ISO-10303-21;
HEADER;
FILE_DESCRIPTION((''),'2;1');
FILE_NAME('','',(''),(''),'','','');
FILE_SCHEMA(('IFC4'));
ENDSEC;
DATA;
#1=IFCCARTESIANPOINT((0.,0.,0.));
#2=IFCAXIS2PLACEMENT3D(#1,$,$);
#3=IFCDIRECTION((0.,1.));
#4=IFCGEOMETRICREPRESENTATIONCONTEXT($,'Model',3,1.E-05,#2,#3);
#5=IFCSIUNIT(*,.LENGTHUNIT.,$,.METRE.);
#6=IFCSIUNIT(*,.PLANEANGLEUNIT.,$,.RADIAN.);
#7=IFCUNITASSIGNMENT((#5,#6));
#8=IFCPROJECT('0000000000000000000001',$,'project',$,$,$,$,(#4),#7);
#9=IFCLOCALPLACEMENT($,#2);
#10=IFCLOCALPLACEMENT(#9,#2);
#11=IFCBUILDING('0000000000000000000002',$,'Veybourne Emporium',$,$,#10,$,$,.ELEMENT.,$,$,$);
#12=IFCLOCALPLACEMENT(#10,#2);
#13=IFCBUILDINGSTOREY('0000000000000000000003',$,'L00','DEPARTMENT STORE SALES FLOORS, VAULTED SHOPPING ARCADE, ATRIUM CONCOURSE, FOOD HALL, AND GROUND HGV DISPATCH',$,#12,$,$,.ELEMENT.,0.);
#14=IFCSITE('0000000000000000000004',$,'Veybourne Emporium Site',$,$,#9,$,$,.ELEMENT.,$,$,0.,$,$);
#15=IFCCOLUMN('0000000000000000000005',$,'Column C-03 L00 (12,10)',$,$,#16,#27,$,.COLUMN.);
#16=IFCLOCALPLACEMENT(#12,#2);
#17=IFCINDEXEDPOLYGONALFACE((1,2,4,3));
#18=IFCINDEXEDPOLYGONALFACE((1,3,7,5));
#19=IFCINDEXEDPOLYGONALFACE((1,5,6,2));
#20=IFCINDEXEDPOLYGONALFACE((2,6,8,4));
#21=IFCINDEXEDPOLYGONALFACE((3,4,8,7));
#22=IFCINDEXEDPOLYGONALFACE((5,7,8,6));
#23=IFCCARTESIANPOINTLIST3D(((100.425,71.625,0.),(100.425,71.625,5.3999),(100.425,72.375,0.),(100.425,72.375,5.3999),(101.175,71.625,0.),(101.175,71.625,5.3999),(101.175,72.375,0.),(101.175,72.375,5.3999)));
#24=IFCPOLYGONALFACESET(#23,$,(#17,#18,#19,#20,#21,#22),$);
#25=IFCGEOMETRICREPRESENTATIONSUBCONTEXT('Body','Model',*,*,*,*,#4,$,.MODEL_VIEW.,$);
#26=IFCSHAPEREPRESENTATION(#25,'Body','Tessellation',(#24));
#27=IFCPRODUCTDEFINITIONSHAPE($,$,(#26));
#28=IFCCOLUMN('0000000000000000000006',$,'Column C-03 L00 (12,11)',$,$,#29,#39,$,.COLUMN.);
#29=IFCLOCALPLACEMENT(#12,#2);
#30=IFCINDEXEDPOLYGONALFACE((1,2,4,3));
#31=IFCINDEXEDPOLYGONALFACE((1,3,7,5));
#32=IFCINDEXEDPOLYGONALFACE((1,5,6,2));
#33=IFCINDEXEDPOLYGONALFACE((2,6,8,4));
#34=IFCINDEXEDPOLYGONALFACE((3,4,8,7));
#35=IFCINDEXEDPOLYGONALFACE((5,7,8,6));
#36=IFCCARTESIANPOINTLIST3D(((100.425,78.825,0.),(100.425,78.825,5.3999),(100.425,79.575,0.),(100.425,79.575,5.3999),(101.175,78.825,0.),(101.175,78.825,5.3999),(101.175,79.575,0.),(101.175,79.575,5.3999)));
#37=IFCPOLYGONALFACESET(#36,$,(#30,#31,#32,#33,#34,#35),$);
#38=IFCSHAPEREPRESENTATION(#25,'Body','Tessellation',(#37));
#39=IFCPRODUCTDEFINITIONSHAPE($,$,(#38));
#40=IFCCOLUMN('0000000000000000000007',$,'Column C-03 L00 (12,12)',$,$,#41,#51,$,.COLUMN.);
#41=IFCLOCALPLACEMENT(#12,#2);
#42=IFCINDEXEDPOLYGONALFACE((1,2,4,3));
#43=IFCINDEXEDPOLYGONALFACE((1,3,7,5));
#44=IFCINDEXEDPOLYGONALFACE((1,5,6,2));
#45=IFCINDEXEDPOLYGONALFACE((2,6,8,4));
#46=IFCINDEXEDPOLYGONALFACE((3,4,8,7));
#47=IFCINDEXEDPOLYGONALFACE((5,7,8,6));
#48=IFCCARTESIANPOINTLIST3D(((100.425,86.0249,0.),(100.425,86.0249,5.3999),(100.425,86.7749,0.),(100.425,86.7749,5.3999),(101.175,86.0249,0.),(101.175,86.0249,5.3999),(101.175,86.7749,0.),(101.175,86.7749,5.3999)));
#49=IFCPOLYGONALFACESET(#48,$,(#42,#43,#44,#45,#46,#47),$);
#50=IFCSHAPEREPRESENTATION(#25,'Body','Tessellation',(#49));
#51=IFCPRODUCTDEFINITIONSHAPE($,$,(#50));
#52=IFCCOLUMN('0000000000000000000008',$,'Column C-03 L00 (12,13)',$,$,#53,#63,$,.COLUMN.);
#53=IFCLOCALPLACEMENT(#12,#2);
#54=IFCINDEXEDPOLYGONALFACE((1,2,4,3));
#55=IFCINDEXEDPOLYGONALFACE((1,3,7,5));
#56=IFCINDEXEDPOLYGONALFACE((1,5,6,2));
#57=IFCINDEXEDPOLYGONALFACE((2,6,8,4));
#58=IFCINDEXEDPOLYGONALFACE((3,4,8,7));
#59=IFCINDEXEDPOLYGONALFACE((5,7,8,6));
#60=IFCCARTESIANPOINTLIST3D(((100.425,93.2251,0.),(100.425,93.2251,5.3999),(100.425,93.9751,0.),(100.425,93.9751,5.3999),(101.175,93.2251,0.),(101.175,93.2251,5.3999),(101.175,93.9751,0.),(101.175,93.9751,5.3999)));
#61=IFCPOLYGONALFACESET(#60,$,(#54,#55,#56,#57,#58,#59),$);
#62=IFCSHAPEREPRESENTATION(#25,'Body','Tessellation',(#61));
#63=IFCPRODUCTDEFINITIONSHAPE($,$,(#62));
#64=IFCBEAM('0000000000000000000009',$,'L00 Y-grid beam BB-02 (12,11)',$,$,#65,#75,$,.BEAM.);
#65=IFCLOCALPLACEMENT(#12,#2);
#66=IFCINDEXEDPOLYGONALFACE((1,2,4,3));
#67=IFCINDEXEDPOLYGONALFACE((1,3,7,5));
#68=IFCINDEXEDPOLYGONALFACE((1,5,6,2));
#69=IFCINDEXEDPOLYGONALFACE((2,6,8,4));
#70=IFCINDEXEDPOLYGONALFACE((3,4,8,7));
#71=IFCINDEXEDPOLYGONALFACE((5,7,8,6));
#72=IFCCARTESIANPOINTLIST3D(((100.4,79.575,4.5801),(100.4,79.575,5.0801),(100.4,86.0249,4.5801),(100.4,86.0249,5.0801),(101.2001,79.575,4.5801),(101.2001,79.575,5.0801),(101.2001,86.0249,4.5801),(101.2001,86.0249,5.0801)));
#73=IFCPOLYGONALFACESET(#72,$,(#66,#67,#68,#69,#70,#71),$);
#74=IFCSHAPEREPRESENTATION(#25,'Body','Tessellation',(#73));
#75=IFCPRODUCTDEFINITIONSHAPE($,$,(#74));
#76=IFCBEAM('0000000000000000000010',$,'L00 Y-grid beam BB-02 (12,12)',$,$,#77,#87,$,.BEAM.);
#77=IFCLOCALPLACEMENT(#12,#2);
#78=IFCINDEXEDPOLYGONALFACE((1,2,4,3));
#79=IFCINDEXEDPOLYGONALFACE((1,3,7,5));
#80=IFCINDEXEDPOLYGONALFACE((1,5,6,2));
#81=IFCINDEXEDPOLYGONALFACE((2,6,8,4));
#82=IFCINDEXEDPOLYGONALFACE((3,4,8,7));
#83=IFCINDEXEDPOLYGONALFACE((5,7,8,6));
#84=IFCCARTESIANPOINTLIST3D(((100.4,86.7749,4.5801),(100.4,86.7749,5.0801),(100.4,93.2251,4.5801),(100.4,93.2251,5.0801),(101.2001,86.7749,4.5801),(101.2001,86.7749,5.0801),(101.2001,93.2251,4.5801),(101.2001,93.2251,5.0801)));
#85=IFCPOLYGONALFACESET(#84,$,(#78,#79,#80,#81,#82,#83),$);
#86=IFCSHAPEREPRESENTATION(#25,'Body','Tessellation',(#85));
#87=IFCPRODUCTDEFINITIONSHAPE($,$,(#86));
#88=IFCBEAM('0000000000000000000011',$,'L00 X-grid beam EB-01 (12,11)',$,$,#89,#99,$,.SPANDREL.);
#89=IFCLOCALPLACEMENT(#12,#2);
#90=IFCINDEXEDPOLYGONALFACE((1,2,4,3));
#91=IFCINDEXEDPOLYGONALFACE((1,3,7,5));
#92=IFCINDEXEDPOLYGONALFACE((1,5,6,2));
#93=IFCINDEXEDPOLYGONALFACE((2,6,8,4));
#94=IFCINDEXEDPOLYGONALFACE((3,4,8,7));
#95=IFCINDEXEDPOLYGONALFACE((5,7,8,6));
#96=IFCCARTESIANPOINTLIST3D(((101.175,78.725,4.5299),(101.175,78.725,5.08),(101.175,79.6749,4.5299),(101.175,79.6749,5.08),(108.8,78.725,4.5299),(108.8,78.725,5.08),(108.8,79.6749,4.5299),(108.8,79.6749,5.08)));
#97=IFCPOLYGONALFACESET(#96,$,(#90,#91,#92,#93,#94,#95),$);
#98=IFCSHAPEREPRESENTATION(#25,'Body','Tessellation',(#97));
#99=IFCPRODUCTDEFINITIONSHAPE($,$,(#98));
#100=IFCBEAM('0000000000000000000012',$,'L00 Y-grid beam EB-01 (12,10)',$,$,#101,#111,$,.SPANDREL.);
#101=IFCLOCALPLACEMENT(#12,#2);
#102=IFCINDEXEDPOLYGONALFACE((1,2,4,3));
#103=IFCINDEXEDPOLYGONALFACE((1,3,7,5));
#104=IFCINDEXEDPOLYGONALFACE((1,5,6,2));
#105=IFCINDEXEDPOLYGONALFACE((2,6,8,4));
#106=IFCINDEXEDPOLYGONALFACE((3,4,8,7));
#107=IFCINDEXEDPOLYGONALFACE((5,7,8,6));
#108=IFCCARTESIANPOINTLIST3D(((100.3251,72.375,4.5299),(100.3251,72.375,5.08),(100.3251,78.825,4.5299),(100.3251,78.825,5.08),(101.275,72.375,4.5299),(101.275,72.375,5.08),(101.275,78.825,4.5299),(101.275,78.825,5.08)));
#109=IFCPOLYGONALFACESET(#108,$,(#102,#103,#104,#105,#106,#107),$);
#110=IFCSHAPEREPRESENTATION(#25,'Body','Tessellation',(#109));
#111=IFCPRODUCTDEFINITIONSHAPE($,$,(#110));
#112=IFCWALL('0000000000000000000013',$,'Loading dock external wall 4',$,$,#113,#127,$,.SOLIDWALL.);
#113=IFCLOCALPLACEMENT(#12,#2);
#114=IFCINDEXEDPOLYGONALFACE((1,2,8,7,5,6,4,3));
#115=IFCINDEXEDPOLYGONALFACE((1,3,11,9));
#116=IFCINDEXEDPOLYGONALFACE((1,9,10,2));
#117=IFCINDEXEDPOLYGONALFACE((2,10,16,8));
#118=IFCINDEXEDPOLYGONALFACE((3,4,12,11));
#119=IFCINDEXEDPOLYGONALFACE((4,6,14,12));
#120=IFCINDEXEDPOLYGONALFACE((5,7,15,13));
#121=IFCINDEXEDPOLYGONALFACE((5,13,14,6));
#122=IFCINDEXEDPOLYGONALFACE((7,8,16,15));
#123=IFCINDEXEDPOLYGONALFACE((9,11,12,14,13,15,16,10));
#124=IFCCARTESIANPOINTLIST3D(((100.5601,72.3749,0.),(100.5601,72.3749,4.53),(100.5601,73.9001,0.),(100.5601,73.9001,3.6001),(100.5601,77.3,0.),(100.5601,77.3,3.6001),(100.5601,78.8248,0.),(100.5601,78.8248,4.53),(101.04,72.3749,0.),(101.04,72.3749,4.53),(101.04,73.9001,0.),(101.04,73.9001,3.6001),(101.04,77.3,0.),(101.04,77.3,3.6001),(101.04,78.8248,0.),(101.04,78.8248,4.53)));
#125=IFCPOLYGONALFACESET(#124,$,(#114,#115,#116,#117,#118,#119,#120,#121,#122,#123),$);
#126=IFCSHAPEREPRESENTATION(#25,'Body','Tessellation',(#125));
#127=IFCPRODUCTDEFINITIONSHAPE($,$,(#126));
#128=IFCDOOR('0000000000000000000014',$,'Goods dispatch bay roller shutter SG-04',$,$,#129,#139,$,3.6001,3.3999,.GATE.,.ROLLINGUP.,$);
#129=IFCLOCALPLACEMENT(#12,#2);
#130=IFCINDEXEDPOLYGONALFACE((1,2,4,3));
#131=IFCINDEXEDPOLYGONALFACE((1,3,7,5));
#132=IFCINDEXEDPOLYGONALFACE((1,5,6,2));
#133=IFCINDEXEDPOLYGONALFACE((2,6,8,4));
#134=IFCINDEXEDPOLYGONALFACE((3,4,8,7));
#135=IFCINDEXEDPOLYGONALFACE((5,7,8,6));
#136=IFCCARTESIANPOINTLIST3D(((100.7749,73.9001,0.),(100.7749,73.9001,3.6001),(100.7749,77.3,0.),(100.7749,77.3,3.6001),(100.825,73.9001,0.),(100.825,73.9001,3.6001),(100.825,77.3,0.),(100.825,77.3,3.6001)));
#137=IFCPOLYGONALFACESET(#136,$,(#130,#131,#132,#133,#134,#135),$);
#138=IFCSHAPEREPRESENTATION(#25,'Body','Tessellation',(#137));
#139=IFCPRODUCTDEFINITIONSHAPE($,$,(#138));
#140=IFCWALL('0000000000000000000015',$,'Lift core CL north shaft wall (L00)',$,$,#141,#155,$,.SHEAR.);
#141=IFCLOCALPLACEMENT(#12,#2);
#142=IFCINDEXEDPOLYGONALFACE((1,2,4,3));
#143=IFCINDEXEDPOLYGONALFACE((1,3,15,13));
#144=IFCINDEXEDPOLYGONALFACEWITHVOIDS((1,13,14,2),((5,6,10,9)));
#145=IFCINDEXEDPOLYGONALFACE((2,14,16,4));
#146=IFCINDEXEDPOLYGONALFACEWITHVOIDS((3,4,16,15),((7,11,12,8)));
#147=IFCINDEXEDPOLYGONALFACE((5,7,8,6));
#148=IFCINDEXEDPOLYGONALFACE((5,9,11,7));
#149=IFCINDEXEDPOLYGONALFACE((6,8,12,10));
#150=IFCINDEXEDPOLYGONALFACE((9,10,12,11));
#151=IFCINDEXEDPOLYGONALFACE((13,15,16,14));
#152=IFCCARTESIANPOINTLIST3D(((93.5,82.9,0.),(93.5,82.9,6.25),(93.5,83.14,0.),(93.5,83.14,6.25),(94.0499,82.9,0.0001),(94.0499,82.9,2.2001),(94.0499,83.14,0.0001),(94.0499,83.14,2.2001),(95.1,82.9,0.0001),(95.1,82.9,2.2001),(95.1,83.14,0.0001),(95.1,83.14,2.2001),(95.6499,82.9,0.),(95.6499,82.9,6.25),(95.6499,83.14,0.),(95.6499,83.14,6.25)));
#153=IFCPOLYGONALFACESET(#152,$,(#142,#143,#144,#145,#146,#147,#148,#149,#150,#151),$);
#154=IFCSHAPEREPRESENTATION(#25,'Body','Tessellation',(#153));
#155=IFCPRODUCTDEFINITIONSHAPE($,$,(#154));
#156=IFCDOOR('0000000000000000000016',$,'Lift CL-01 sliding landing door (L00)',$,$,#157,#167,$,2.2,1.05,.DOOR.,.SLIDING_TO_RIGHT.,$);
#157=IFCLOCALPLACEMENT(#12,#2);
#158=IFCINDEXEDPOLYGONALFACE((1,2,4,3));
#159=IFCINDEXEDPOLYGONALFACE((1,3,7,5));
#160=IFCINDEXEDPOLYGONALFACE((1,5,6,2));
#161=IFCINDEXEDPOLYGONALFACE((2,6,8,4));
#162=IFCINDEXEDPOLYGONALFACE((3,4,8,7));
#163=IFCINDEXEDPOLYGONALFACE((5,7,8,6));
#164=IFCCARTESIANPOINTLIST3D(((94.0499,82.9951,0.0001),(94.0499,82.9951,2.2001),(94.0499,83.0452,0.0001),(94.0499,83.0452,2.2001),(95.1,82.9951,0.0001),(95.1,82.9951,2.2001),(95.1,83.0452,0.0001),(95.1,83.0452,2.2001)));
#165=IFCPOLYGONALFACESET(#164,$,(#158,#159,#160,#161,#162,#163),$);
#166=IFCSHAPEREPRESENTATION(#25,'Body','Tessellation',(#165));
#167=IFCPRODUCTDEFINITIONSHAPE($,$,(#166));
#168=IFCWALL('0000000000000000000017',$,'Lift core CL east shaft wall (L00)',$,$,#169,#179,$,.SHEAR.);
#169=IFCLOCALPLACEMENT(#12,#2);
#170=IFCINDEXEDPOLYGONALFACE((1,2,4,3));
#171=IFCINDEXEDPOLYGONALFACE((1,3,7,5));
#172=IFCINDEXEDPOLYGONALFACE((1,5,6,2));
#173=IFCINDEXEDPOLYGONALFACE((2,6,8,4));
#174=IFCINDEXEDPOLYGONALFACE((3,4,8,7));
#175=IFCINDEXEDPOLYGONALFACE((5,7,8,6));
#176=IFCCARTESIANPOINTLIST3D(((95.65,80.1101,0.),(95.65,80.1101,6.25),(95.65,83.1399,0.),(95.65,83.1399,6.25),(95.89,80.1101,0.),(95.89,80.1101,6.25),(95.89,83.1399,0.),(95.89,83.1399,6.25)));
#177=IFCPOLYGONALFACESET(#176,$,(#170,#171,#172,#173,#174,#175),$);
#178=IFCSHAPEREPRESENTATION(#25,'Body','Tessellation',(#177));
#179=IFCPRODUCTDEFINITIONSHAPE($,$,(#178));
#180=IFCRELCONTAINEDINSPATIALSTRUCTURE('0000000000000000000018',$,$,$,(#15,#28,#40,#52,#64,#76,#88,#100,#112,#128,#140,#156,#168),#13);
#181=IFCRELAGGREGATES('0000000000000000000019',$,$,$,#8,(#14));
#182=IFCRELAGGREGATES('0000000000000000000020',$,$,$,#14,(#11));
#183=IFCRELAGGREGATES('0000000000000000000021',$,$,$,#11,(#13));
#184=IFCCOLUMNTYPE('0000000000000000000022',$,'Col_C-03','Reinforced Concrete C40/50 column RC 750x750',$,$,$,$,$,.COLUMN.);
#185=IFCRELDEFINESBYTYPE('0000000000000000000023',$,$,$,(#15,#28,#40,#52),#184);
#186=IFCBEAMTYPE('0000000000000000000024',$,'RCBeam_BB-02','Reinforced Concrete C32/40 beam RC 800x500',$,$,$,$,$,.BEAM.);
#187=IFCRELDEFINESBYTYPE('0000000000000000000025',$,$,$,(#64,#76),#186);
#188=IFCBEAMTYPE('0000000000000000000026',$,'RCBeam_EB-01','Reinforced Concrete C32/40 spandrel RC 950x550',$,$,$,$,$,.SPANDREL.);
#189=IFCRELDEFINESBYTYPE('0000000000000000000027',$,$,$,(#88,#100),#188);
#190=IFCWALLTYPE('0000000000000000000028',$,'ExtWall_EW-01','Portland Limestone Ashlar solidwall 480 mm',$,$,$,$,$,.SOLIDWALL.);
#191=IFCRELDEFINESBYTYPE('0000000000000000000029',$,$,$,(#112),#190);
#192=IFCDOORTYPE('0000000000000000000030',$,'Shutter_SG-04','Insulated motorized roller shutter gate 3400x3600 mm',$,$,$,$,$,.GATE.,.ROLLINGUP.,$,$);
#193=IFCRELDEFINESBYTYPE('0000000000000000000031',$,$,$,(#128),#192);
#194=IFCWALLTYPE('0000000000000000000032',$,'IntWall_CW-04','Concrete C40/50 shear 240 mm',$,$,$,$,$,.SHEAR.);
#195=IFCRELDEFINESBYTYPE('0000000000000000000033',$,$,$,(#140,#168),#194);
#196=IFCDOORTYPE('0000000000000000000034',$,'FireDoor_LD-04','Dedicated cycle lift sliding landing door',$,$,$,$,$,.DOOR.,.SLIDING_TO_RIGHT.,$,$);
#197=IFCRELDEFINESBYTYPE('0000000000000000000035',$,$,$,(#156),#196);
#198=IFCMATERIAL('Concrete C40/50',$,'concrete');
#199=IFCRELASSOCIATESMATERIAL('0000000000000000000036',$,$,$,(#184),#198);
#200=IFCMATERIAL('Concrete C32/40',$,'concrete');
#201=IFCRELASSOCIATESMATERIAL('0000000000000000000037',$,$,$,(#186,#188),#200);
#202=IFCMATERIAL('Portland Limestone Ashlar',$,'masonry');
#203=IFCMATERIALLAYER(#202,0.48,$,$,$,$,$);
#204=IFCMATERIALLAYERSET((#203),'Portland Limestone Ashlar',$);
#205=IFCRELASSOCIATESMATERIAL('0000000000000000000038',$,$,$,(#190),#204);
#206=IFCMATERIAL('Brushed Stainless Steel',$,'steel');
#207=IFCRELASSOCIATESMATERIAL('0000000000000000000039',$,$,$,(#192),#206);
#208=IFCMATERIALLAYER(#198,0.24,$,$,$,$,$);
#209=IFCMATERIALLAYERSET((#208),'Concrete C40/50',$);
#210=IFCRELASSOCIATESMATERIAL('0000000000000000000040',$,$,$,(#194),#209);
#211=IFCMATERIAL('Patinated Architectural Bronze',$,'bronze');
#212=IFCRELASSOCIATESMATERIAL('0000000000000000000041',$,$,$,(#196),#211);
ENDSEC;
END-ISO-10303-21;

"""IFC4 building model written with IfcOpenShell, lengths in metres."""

from ifc_helpers import new_model, si_unit, direction, frame, frame_2d, origin, origin_2d, place, context, subcontext, project, spatial, rectangle, extrude, material, layer, layer_set, material_profile, profile_set, type_object, element, fill, save


model = new_model("IFC4")

# Units and contexts
model_context = context("Model", 3, precision=1e-05, world=origin(), true_north=direction((0.0, 1.0)))
body_context = subcontext(model_context, "Body", "Model", "MODEL_VIEW")
ifc_project = project(units=[si_unit("LENGTHUNIT", "METRE"), si_unit("PLANEANGLEUNIT", "RADIAN")], contexts=[model_context])

# Site, building, storey
site_placement = place(None, origin())
site = spatial("IfcSite", under=ifc_project, at=site_placement, Name="Veybourne Emporium Site", CompositionType="ELEMENT", RefElevation=0.0)
building_placement = place(site_placement, origin())
building = spatial("IfcBuilding", under=site, at=building_placement, Name="Veybourne Emporium", CompositionType="ELEMENT")
storey_placement = place(building_placement, origin())
storey = spatial("IfcBuildingStorey", under=building, at=storey_placement, Name="L00", Description="DEPARTMENT STORE SALES FLOORS, VAULTED SHOPPING ARCADE, ATRIUM CONCOURSE, FOOD HALL, AND GROUND HGV DISPATCH", CompositionType="ELEMENT", Elevation=0.0)

# Columns
ifc_material_1 = material(Name="Concrete C40/50", Category="concrete")
ifc_material_profile_1 = material_profile(ifc_material_1, rectangle(XDim=0.75, YDim=0.75, at=origin_2d()), Name="RC 750x750")
ifc_profile_set_1 = profile_set([ifc_material_profile_1], Name="Concrete C40/50")
column_type = type_object("IfcColumnType", Name="Col_C-03", Description="Reinforced Concrete C40/50 column RC 750x750", PredefinedType="COLUMN", material=ifc_profile_set_1)
for number, where, z_axis, x_axis, name in (
    (1, (100.8, 72.0, 0.0), (0.0, 0.0, 1.0), (1.0, 0.0, 0.0), "Column C-03 L00 (12,10)"),
    (2, (100.8, 79.2, 0.0), (0.0, 0.0, 1.0), (1.0, 0.0, 0.0), "Column C-03 L00 (12,11)"),
    (3, (100.8, 86.3999, 0.0), (0.0, 0.0, 1.0), (1.0, 0.0, 0.0), "Column C-03 L00 (12,12)"),
    (4, (100.8, 93.6001, 0.0), (0.0, 0.0, 1.0), (1.0, 0.0, 0.0), "Column C-03 L00 (12,13)"),
):
    element("IfcColumn", number, at=place(storey_placement, frame(where, z_axis=z_axis, x_axis=x_axis)), inside=storey, type_object=column_type, Name=name, PredefinedType="COLUMN", context=body_context, shape_type="SweptSolid", body=[
        extrude(rectangle(XDim=0.75, YDim=0.75, at=origin_2d()), origin(), (0.0, 0.0, 1.0), 5.3999),
    ])

# Beams
ifc_material_2 = material(Name="Concrete C32/40", Category="concrete")
ifc_material_profile_2 = material_profile(ifc_material_2, rectangle(XDim=0.8, YDim=0.5, at=origin_2d()), Name="RC 800x500")
ifc_profile_set_2 = profile_set([ifc_material_profile_2], Name="Concrete C32/40")
beam_type_1 = type_object("IfcBeamType", Name="RCBeam_BB-02", Description="Reinforced Concrete C32/40 beam RC 800x500", PredefinedType="BEAM", material=ifc_profile_set_2)
beam_1_placement = place(storey_placement, frame((100.8, 79.575, 4.8301), z_axis=(0.0, 1.0, 0.0), x_axis=(-1.0, 0.0, 0.0)))
element("IfcBeam", 5, at=beam_1_placement, inside=storey, type_object=beam_type_1, Name="L00 Y-grid beam BB-02 (12,11)", PredefinedType="BEAM", context=body_context, shape_type="SweptSolid", body=[
    extrude(rectangle(XDim=0.8, YDim=0.5, at=origin_2d()), origin(), (0.0, 0.0, 1.0), 6.45),
])
beam_2_placement = place(storey_placement, frame((100.8, 86.7749, 4.8301), z_axis=(0.0, 1.0, 0.0), x_axis=(-1.0, 0.0, 0.0)))
element("IfcBeam", 6, at=beam_2_placement, inside=storey, type_object=beam_type_1, Name="L00 Y-grid beam BB-02 (12,12)", PredefinedType="BEAM", context=body_context, shape_type="SweptSolid", body=[
    extrude(rectangle(XDim=0.8, YDim=0.5, at=origin_2d()), origin(), (0.0, 0.0, 1.0), 6.4502),
])
ifc_material_profile_3 = material_profile(ifc_material_2, rectangle(XDim=0.95, YDim=0.55, at=origin_2d()), Name="RC 950x550")
ifc_profile_set_3 = profile_set([ifc_material_profile_3], Name="Concrete C32/40")
beam_type_2 = type_object("IfcBeamType", Name="RCBeam_EB-01", Description="Reinforced Concrete C32/40 spandrel RC 950x550", PredefinedType="SPANDREL", material=ifc_profile_set_3)
beam_3_placement = place(storey_placement, frame((101.175, 79.2, 4.8049), z_axis=(1.0, 0.0, 0.0), x_axis=(0.0, 1.0, 0.0)))
element("IfcBeam", 7, at=beam_3_placement, inside=storey, type_object=beam_type_2, Name="L00 X-grid beam EB-01 (12,11)", PredefinedType="SPANDREL", context=body_context, shape_type="SweptSolid", body=[
    extrude(rectangle(XDim=0.95, YDim=0.55, at=origin_2d()), origin(), (0.0, 0.0, 1.0), 7.625),
])
beam_4_placement = place(storey_placement, frame((100.8, 72.375, 4.8049), z_axis=(0.0, 1.0, 0.0), x_axis=(-1.0, 0.0, 0.0)))
element("IfcBeam", 8, at=beam_4_placement, inside=storey, type_object=beam_type_2, Name="L00 Y-grid beam EB-01 (12,10)", PredefinedType="SPANDREL", context=body_context, shape_type="SweptSolid", body=[
    extrude(rectangle(XDim=0.95, YDim=0.55, at=origin_2d()), origin(), (0.0, 0.0, 1.0), 6.45),
])

# Walls, openings, doors
ifc_material_3 = material(Name="Portland Limestone Ashlar", Category="masonry")
ifc_layer_1 = layer(ifc_material_3, 0.48)
ifc_layer_set_1 = layer_set([ifc_layer_1], Name="Portland Limestone Ashlar")
wall_type_1 = type_object("IfcWallType", Name="ExtWall_EW-01", Description="Portland Limestone Ashlar solidwall 480 mm", PredefinedType="SOLIDWALL", material=ifc_layer_set_1)
wall_1_placement = place(storey_placement, frame((100.8, 78.825, 0.0), z_axis=(0.0, 0.0, 1.0), x_axis=(0.0, -1.0, 0.0)))
wall_1 = element("IfcWall", 9, at=wall_1_placement, inside=storey, type_object=wall_type_1, Name="Loading dock external wall 4", PredefinedType="SOLIDWALL", context=body_context, shape_type="SweptSolid", body=[
    extrude(rectangle(XDim=6.45, YDim=0.48, at=frame_2d((3.2251, 0.0))), origin(), (0.0, 0.0, 1.0), 4.53),
])
opening_1_placement = place(wall_1_placement, frame((1.5249, 0.0, 0.0)))
opening_1 = element("IfcOpeningElement", 10, at=opening_1_placement, cuts=wall_1, PredefinedType="OPENING", context=body_context, shape_type="SweptSolid", body=[
    extrude(rectangle(XDim=3.3999, YDim=3.6001, at=frame_2d((1.7, 1.8))), frame((0.0, 0.26, 0.0), z_axis=(0.0, -1.0, 0.0), x_axis=(1.0, 0.0, 0.0)), (0.0, 0.0, 1.0), 0.52),
])
ifc_material_4 = material(Name="Brushed Stainless Steel", Category="steel")
door_type_1 = type_object("IfcDoorType", Name="Shutter_SG-04", Description="Insulated motorized roller shutter gate 3400x3600 mm", OperationType="ROLLINGUP", PredefinedType="GATE", material=ifc_material_4)
door_1_placement = place(opening_1_placement, origin())
door_1 = element("IfcDoor", 11, at=door_1_placement, inside=storey, type_object=door_type_1, Name="Goods dispatch bay roller shutter SG-04", OperationType="ROLLINGUP", OverallHeight=3.6001, OverallWidth=3.3999, PredefinedType="GATE", context=body_context, shape_type="SweptSolid", body=[
    extrude(rectangle(XDim=3.3999, YDim=3.6001, at=frame_2d((1.7, 1.8))), frame((0.0, 0.0249, 0.0), z_axis=(0.0, -1.0, 0.0), x_axis=(1.0, 0.0, 0.0)), (0.0, 0.0, 1.0), 0.05),
])
fill(opening_1, door_1)
ifc_layer_2 = layer(ifc_material_1, 0.24)
ifc_layer_set_2 = layer_set([ifc_layer_2], Name="Concrete C40/50")
wall_type_2 = type_object("IfcWallType", Name="IntWall_CW-04", Description="Concrete C40/50 shear 240 mm", PredefinedType="SHEAR", material=ifc_layer_set_2)
wall_2_placement = place(storey_placement, frame((95.6499, 83.02, 0.0), z_axis=(0.0, 0.0, 1.0), x_axis=(-1.0, 0.0, 0.0)))
wall_2 = element("IfcWall", 12, at=wall_2_placement, inside=storey, type_object=wall_type_2, Name="Lift core CL north shaft wall (L00)", PredefinedType="SHEAR", context=body_context, shape_type="SweptSolid", body=[
    extrude(rectangle(XDim=2.1499, YDim=0.24, at=frame_2d((1.075, 0.0))), origin(), (0.0, 0.0, 1.0), 6.25),
])
opening_2_placement = place(wall_2_placement, frame((0.55, 0.0, 0.0)))
opening_2 = element("IfcOpeningElement", 13, at=opening_2_placement, cuts=wall_2, PredefinedType="OPENING", context=body_context, shape_type="SweptSolid", body=[
    extrude(rectangle(XDim=1.05, YDim=2.2, at=frame_2d((0.5249, 1.1001))), frame((0.0, 0.1401, 0.0), z_axis=(0.0, -1.0, 0.0), x_axis=(1.0, 0.0, 0.0)), (0.0, 0.0, 1.0), 0.28),
])
ifc_material_5 = material(Name="Patinated Architectural Bronze", Category="bronze")
door_type_2 = type_object("IfcDoorType", Name="FireDoor_LD-04", Description="Dedicated cycle lift sliding landing door", OperationType="SLIDING_TO_RIGHT", PredefinedType="DOOR", material=ifc_material_5)
door_2_placement = place(opening_2_placement, origin())
door_2 = element("IfcDoor", 14, at=door_2_placement, inside=storey, type_object=door_type_2, Name="Lift CL-01 sliding landing door (L00)", OperationType="SLIDING_TO_RIGHT", OverallHeight=2.2, OverallWidth=1.05, PredefinedType="DOOR", context=body_context, shape_type="SweptSolid", body=[
    extrude(rectangle(XDim=1.05, YDim=2.2, at=frame_2d((0.5249, 1.1001))), frame((0.0, 0.0249, 0.0), z_axis=(0.0, -1.0, 0.0), x_axis=(1.0, 0.0, 0.0)), (0.0, 0.0, 1.0), 0.05),
])
fill(opening_2, door_2)

# Wall
wall_3_placement = place(storey_placement, frame((95.77, 80.1101, 0.0), z_axis=(0.0, 0.0, 1.0), x_axis=(0.0, 1.0, 0.0)))
element("IfcWall", 15, at=wall_3_placement, inside=storey, type_object=wall_type_2, Name="Lift core CL east shaft wall (L00)", PredefinedType="SHEAR", context=body_context, shape_type="SweptSolid", body=[
    extrude(rectangle(XDim=3.0298, YDim=0.24, at=frame_2d((1.5149, 0.0))), origin(), (0.0, 0.0, 1.0), 6.25),
])

save(model, "model.ifc")
